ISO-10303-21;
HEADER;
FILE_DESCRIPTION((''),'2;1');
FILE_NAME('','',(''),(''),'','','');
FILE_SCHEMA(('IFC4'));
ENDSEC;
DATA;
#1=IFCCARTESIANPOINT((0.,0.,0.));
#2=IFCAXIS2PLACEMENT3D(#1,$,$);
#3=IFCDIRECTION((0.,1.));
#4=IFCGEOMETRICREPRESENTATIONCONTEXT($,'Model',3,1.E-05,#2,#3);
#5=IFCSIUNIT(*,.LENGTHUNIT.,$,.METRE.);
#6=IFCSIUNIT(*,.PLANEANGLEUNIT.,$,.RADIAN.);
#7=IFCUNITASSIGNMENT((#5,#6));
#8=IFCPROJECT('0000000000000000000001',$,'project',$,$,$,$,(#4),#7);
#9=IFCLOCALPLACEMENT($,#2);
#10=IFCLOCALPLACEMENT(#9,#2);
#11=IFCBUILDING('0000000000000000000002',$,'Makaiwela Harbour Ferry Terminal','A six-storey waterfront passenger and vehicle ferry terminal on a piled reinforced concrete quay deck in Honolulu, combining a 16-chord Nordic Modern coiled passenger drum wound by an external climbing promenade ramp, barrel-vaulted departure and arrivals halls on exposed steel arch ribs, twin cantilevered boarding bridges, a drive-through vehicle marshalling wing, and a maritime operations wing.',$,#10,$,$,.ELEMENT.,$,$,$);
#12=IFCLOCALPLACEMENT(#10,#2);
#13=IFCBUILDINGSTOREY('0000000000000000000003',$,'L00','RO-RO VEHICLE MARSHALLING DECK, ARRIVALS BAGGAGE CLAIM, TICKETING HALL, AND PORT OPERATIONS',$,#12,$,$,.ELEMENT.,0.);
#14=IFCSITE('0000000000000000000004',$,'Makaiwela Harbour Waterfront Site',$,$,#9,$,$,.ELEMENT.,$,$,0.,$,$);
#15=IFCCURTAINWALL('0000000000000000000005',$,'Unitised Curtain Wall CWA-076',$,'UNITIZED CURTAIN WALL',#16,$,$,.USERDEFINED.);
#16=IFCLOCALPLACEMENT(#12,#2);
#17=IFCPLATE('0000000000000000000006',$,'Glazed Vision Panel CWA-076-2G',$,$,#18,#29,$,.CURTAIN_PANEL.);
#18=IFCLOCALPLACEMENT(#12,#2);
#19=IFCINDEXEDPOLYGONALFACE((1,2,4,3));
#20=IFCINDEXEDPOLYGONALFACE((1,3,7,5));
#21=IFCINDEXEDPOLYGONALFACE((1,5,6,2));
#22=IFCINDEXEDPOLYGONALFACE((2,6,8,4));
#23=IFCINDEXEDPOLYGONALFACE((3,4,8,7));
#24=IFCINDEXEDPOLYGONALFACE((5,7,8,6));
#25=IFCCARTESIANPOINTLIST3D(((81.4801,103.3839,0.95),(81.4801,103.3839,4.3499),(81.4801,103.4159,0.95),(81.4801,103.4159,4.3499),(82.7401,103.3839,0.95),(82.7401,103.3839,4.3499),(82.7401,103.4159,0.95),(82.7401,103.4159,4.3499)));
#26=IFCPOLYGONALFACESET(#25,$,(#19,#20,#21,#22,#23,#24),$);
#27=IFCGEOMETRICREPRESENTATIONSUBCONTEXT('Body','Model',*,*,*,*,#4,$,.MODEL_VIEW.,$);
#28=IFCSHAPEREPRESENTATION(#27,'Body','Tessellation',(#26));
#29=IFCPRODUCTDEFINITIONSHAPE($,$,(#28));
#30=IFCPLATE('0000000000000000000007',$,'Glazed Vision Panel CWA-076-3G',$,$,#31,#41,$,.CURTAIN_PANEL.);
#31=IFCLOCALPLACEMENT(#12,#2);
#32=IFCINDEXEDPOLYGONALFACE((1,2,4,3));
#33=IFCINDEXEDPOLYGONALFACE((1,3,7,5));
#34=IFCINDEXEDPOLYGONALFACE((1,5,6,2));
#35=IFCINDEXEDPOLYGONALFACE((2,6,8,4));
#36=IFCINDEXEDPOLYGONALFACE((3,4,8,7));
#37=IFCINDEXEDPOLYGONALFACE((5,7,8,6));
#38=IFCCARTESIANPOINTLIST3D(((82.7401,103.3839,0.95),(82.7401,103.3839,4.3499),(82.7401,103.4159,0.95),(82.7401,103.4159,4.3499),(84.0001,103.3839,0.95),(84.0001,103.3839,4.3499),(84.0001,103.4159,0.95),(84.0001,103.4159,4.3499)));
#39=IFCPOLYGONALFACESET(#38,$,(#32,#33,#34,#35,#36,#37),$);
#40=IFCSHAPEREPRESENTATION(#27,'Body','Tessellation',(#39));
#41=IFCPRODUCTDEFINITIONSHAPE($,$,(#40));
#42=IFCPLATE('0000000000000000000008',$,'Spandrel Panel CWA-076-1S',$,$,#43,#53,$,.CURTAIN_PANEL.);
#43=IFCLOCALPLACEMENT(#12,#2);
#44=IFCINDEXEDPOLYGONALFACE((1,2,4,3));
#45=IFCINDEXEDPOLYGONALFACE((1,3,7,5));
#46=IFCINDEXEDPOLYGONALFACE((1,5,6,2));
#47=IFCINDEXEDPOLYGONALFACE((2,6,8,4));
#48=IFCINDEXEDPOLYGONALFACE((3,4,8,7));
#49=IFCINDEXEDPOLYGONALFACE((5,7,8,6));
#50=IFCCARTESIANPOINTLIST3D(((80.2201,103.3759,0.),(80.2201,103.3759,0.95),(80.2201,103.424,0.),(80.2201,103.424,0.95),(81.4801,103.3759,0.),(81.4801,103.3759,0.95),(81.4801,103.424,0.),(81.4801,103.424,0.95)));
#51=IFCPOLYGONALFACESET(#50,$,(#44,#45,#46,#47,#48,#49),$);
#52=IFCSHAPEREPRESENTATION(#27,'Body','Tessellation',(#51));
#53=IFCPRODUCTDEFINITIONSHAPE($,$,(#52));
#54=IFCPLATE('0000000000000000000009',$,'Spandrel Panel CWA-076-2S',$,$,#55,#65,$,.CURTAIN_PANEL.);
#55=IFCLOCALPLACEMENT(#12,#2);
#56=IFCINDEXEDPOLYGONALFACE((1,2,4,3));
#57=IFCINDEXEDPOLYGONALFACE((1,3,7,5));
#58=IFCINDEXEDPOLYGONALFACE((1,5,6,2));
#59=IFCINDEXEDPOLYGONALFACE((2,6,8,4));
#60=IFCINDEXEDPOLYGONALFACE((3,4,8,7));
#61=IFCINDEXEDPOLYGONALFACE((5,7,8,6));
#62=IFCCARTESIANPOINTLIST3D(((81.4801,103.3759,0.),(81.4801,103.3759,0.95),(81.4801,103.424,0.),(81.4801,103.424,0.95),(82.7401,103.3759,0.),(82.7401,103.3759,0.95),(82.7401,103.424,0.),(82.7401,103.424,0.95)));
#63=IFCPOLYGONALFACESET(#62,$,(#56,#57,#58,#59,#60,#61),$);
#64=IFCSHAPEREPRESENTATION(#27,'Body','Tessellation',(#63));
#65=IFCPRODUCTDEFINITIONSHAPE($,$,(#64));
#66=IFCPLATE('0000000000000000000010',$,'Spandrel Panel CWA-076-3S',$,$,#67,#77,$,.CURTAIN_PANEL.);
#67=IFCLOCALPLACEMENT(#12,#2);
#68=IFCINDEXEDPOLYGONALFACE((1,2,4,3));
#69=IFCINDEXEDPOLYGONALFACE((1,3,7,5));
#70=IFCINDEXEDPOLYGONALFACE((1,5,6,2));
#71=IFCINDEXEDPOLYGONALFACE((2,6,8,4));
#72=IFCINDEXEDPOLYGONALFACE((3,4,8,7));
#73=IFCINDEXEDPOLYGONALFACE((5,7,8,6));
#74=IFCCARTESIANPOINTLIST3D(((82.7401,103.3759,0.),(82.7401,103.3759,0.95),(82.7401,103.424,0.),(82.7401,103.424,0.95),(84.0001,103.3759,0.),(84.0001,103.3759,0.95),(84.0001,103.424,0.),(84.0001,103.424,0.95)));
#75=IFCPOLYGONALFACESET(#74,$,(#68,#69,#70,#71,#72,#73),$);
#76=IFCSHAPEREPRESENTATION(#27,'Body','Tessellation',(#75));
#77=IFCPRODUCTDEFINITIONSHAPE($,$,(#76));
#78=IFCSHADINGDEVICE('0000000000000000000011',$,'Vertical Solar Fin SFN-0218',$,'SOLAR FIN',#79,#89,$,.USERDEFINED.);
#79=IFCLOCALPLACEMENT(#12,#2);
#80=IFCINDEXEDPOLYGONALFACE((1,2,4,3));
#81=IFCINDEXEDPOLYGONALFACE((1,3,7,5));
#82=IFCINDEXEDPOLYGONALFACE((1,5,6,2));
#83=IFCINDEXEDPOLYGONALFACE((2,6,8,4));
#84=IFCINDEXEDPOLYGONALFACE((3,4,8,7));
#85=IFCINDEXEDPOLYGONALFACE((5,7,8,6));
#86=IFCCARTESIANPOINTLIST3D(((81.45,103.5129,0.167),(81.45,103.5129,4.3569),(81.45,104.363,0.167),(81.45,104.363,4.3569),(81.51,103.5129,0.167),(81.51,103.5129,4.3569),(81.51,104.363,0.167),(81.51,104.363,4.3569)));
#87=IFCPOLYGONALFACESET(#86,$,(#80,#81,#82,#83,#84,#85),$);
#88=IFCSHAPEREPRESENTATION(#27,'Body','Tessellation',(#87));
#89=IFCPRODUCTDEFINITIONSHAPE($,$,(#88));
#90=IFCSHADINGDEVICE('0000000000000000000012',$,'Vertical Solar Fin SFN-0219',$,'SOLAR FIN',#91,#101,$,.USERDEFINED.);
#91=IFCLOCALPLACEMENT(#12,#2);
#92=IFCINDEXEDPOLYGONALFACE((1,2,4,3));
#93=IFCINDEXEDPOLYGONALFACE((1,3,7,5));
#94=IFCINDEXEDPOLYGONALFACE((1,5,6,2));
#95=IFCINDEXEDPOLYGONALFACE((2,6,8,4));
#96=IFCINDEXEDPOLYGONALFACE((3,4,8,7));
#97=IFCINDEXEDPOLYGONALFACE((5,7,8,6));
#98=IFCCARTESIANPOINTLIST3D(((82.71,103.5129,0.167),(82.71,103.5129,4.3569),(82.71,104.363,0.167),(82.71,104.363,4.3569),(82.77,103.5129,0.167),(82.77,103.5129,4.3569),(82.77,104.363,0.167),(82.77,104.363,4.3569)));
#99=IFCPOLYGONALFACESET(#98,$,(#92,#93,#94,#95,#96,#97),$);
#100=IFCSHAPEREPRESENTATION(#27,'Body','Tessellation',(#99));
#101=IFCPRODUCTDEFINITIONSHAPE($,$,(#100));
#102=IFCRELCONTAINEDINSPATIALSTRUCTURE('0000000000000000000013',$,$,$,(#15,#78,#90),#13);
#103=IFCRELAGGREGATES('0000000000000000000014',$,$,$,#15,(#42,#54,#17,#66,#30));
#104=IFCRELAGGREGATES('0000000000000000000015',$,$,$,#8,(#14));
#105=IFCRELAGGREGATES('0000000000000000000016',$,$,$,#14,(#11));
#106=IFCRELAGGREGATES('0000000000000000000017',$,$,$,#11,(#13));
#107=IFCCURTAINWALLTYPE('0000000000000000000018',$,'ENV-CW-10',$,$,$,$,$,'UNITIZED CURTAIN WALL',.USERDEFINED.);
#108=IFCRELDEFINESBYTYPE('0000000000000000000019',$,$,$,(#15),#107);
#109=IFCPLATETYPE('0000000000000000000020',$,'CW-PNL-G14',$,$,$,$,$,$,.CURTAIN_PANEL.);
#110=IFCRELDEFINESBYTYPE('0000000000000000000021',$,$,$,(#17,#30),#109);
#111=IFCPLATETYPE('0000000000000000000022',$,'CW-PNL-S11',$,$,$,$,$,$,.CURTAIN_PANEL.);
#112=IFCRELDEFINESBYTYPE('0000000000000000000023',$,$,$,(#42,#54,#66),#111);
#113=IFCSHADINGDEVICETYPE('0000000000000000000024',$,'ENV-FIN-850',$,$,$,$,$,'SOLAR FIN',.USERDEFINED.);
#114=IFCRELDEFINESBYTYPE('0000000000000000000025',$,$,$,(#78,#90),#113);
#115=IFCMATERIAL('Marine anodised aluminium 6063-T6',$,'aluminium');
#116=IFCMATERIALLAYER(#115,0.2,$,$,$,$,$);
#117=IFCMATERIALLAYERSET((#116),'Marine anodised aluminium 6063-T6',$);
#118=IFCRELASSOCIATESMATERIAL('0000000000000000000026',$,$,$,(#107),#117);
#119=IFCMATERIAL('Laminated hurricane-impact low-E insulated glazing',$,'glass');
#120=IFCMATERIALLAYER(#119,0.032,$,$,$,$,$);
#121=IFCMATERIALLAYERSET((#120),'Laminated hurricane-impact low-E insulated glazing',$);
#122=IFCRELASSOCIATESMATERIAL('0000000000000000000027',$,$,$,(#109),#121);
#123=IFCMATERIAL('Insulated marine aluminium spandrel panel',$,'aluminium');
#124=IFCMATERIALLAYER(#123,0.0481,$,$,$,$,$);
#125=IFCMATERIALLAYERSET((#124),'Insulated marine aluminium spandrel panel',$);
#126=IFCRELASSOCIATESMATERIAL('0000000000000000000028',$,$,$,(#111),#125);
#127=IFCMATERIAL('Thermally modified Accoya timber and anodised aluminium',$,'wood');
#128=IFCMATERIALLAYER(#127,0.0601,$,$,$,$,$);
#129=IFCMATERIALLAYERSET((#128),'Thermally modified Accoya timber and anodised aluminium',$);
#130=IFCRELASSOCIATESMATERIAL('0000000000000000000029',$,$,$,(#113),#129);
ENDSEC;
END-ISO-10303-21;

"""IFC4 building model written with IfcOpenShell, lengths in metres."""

from ifc_helpers import new_model, si_unit, direction, frame, origin, origin_2d, place, context, subcontext, project, spatial, rectangle, extrude, material, layer, layer_set, type_object, element, aggregate, save


model = new_model("IFC4")

# Units and contexts
model_context = context("Model", 3, precision=1e-05, world=origin(), true_north=direction((0.0, 1.0)))
body_context = subcontext(model_context, "Body", "Model", "MODEL_VIEW")
ifc_project = project(units=[si_unit("LENGTHUNIT", "METRE"), si_unit("PLANEANGLEUNIT", "RADIAN")], contexts=[model_context])

# Site, building, storey
site_placement = place(None, origin())
site = spatial("IfcSite", under=ifc_project, at=site_placement, Name="Makaiwela Harbour Waterfront Site", CompositionType="ELEMENT", RefElevation=0.0)
building_placement = place(site_placement, origin())
building = spatial("IfcBuilding", under=site, at=building_placement, Name="Makaiwela Harbour Ferry Terminal", Description="A six-storey waterfront passenger and vehicle ferry terminal on a piled reinforced concrete quay deck in Honolulu, combining a 16-chord Nordic Modern coiled passenger drum wound by an external climbing promenade ramp, barrel-vaulted departure and arrivals halls on exposed steel arch ribs, twin cantilevered boarding bridges, a drive-through vehicle marshalling wing, and a maritime operations wing.", CompositionType="ELEMENT")
storey_placement = place(building_placement, origin())
storey = spatial("IfcBuildingStorey", under=building, at=storey_placement, Name="L00", Description="RO-RO VEHICLE MARSHALLING DECK, ARRIVALS BAGGAGE CLAIM, TICKETING HALL, AND PORT OPERATIONS", CompositionType="ELEMENT", Elevation=0.0)

# Curtain wall, plates
ifc_material_1 = material(Name="Marine anodised aluminium 6063-T6", Category="aluminium")
ifc_layer_1 = layer(ifc_material_1, 0.2)
ifc_layer_set_1 = layer_set([ifc_layer_1], Name="Marine anodised aluminium 6063-T6")
curtain_wall_type = type_object("IfcCurtainWallType", Name="ENV-CW-10", ElementType="UNITIZED CURTAIN WALL", PredefinedType="USERDEFINED", material=ifc_layer_set_1)
curtain_wall_placement = place(storey_placement, origin())
curtain_wall = element("IfcCurtainWall", 1, at=curtain_wall_placement, inside=storey, type_object=curtain_wall_type, Name="Unitised Curtain Wall CWA-076", ObjectType="UNITIZED CURTAIN WALL", PredefinedType="USERDEFINED")
ifc_material_2 = material(Name="Laminated hurricane-impact low-E insulated glazing", Category="glass")
ifc_layer_2 = layer(ifc_material_2, 0.032)
ifc_layer_set_2 = layer_set([ifc_layer_2], Name="Laminated hurricane-impact low-E insulated glazing")
plate_type_1 = type_object("IfcPlateType", Name="CW-PNL-G14", PredefinedType="CURTAIN_PANEL", material=ifc_layer_set_2)
plate_1_placement = place(storey_placement, frame((82.1101, 103.3999, 0.95), z_axis=(0.0, 0.0, 1.0), x_axis=(1.0, 0.0, 0.0)))
plate_1 = element("IfcPlate", 2, at=plate_1_placement, type_object=plate_type_1, Name="Glazed Vision Panel CWA-076-2G", PredefinedType="CURTAIN_PANEL", context=body_context, shape_type="SweptSolid", body=[
    extrude(rectangle(XDim=1.26, YDim=0.032, at=origin_2d()), origin(), (0.0, 0.0, 1.0), 3.3999),
])
plate_2_placement = place(storey_placement, frame((83.3701, 103.3999, 0.95), z_axis=(0.0, 0.0, 1.0), x_axis=(1.0, 0.0, 0.0)))
plate_2 = element("IfcPlate", 3, at=plate_2_placement, type_object=plate_type_1, Name="Glazed Vision Panel CWA-076-3G", PredefinedType="CURTAIN_PANEL", context=body_context, shape_type="SweptSolid", body=[
    extrude(rectangle(XDim=1.26, YDim=0.032, at=origin_2d()), origin(), (0.0, 0.0, 1.0), 3.3999),
])
ifc_material_3 = material(Name="Insulated marine aluminium spandrel panel", Category="aluminium")
ifc_layer_3 = layer(ifc_material_3, 0.0481)
ifc_layer_set_3 = layer_set([ifc_layer_3], Name="Insulated marine aluminium spandrel panel")
plate_type_2 = type_object("IfcPlateType", Name="CW-PNL-S11", PredefinedType="CURTAIN_PANEL", material=ifc_layer_set_3)
plate_3_placement = place(storey_placement, frame((80.8501, 103.3999, 0.0), z_axis=(0.0, 0.0, 1.0), x_axis=(1.0, 0.0, 0.0)))
plate_3 = element("IfcPlate", 4, at=plate_3_placement, type_object=plate_type_2, Name="Spandrel Panel CWA-076-1S", PredefinedType="CURTAIN_PANEL", context=body_context, shape_type="SweptSolid", body=[
    extrude(rectangle(XDim=1.26, YDim=0.0481, at=origin_2d()), origin(), (0.0, 0.0, 1.0), 0.95),
])
plate_4_placement = place(storey_placement, frame((82.1101, 103.3999, 0.0), z_axis=(0.0, 0.0, 1.0), x_axis=(1.0, 0.0, 0.0)))
plate_4 = element("IfcPlate", 5, at=plate_4_placement, type_object=plate_type_2, Name="Spandrel Panel CWA-076-2S", PredefinedType="CURTAIN_PANEL", context=body_context, shape_type="SweptSolid", body=[
    extrude(rectangle(XDim=1.26, YDim=0.0481, at=origin_2d()), origin(), (0.0, 0.0, 1.0), 0.95),
])
plate_5_placement = place(storey_placement, frame((83.3701, 103.3999, 0.0), z_axis=(0.0, 0.0, 1.0), x_axis=(1.0, 0.0, 0.0)))
plate_5 = element("IfcPlate", 6, at=plate_5_placement, type_object=plate_type_2, Name="Spandrel Panel CWA-076-3S", PredefinedType="CURTAIN_PANEL", context=body_context, shape_type="SweptSolid", body=[
    extrude(rectangle(XDim=1.26, YDim=0.0481, at=origin_2d()), origin(), (0.0, 0.0, 1.0), 0.95),
])
aggregate(curtain_wall, [plate_3, plate_4, plate_1, plate_5, plate_2])

# Shading devices
ifc_material_4 = material(Name="Thermally modified Accoya timber and anodised aluminium", Category="wood")
ifc_layer_4 = layer(ifc_material_4, 0.0601)
ifc_layer_set_4 = layer_set([ifc_layer_4], Name="Thermally modified Accoya timber and anodised aluminium")
shading_device_type = type_object("IfcShadingDeviceType", Name="ENV-FIN-850", ElementType="SOLAR FIN", PredefinedType="USERDEFINED", material=ifc_layer_set_4)
for number, where, z_axis, x_axis, name in (
    (7, (81.48, 103.938, 0.167), (0.0, 0.0, 1.0), (0.0, 1.0, 0.0), "Vertical Solar Fin SFN-0218"),
    (8, (82.74, 103.938, 0.167), (0.0, 0.0, 1.0), (0.0, 1.0, 0.0), "Vertical Solar Fin SFN-0219"),
):
    element("IfcShadingDevice", number, at=place(storey_placement, frame(where, z_axis=z_axis, x_axis=x_axis)), inside=storey, type_object=shading_device_type, Name=name, ObjectType="SOLAR FIN", PredefinedType="USERDEFINED", context=body_context, shape_type="SweptSolid", body=[
        extrude(rectangle(XDim=0.8501, YDim=0.0601, at=origin_2d()), origin(), (0.0, 0.0, 1.0), 4.1899),
    ])

save(model, "model.ifc")
